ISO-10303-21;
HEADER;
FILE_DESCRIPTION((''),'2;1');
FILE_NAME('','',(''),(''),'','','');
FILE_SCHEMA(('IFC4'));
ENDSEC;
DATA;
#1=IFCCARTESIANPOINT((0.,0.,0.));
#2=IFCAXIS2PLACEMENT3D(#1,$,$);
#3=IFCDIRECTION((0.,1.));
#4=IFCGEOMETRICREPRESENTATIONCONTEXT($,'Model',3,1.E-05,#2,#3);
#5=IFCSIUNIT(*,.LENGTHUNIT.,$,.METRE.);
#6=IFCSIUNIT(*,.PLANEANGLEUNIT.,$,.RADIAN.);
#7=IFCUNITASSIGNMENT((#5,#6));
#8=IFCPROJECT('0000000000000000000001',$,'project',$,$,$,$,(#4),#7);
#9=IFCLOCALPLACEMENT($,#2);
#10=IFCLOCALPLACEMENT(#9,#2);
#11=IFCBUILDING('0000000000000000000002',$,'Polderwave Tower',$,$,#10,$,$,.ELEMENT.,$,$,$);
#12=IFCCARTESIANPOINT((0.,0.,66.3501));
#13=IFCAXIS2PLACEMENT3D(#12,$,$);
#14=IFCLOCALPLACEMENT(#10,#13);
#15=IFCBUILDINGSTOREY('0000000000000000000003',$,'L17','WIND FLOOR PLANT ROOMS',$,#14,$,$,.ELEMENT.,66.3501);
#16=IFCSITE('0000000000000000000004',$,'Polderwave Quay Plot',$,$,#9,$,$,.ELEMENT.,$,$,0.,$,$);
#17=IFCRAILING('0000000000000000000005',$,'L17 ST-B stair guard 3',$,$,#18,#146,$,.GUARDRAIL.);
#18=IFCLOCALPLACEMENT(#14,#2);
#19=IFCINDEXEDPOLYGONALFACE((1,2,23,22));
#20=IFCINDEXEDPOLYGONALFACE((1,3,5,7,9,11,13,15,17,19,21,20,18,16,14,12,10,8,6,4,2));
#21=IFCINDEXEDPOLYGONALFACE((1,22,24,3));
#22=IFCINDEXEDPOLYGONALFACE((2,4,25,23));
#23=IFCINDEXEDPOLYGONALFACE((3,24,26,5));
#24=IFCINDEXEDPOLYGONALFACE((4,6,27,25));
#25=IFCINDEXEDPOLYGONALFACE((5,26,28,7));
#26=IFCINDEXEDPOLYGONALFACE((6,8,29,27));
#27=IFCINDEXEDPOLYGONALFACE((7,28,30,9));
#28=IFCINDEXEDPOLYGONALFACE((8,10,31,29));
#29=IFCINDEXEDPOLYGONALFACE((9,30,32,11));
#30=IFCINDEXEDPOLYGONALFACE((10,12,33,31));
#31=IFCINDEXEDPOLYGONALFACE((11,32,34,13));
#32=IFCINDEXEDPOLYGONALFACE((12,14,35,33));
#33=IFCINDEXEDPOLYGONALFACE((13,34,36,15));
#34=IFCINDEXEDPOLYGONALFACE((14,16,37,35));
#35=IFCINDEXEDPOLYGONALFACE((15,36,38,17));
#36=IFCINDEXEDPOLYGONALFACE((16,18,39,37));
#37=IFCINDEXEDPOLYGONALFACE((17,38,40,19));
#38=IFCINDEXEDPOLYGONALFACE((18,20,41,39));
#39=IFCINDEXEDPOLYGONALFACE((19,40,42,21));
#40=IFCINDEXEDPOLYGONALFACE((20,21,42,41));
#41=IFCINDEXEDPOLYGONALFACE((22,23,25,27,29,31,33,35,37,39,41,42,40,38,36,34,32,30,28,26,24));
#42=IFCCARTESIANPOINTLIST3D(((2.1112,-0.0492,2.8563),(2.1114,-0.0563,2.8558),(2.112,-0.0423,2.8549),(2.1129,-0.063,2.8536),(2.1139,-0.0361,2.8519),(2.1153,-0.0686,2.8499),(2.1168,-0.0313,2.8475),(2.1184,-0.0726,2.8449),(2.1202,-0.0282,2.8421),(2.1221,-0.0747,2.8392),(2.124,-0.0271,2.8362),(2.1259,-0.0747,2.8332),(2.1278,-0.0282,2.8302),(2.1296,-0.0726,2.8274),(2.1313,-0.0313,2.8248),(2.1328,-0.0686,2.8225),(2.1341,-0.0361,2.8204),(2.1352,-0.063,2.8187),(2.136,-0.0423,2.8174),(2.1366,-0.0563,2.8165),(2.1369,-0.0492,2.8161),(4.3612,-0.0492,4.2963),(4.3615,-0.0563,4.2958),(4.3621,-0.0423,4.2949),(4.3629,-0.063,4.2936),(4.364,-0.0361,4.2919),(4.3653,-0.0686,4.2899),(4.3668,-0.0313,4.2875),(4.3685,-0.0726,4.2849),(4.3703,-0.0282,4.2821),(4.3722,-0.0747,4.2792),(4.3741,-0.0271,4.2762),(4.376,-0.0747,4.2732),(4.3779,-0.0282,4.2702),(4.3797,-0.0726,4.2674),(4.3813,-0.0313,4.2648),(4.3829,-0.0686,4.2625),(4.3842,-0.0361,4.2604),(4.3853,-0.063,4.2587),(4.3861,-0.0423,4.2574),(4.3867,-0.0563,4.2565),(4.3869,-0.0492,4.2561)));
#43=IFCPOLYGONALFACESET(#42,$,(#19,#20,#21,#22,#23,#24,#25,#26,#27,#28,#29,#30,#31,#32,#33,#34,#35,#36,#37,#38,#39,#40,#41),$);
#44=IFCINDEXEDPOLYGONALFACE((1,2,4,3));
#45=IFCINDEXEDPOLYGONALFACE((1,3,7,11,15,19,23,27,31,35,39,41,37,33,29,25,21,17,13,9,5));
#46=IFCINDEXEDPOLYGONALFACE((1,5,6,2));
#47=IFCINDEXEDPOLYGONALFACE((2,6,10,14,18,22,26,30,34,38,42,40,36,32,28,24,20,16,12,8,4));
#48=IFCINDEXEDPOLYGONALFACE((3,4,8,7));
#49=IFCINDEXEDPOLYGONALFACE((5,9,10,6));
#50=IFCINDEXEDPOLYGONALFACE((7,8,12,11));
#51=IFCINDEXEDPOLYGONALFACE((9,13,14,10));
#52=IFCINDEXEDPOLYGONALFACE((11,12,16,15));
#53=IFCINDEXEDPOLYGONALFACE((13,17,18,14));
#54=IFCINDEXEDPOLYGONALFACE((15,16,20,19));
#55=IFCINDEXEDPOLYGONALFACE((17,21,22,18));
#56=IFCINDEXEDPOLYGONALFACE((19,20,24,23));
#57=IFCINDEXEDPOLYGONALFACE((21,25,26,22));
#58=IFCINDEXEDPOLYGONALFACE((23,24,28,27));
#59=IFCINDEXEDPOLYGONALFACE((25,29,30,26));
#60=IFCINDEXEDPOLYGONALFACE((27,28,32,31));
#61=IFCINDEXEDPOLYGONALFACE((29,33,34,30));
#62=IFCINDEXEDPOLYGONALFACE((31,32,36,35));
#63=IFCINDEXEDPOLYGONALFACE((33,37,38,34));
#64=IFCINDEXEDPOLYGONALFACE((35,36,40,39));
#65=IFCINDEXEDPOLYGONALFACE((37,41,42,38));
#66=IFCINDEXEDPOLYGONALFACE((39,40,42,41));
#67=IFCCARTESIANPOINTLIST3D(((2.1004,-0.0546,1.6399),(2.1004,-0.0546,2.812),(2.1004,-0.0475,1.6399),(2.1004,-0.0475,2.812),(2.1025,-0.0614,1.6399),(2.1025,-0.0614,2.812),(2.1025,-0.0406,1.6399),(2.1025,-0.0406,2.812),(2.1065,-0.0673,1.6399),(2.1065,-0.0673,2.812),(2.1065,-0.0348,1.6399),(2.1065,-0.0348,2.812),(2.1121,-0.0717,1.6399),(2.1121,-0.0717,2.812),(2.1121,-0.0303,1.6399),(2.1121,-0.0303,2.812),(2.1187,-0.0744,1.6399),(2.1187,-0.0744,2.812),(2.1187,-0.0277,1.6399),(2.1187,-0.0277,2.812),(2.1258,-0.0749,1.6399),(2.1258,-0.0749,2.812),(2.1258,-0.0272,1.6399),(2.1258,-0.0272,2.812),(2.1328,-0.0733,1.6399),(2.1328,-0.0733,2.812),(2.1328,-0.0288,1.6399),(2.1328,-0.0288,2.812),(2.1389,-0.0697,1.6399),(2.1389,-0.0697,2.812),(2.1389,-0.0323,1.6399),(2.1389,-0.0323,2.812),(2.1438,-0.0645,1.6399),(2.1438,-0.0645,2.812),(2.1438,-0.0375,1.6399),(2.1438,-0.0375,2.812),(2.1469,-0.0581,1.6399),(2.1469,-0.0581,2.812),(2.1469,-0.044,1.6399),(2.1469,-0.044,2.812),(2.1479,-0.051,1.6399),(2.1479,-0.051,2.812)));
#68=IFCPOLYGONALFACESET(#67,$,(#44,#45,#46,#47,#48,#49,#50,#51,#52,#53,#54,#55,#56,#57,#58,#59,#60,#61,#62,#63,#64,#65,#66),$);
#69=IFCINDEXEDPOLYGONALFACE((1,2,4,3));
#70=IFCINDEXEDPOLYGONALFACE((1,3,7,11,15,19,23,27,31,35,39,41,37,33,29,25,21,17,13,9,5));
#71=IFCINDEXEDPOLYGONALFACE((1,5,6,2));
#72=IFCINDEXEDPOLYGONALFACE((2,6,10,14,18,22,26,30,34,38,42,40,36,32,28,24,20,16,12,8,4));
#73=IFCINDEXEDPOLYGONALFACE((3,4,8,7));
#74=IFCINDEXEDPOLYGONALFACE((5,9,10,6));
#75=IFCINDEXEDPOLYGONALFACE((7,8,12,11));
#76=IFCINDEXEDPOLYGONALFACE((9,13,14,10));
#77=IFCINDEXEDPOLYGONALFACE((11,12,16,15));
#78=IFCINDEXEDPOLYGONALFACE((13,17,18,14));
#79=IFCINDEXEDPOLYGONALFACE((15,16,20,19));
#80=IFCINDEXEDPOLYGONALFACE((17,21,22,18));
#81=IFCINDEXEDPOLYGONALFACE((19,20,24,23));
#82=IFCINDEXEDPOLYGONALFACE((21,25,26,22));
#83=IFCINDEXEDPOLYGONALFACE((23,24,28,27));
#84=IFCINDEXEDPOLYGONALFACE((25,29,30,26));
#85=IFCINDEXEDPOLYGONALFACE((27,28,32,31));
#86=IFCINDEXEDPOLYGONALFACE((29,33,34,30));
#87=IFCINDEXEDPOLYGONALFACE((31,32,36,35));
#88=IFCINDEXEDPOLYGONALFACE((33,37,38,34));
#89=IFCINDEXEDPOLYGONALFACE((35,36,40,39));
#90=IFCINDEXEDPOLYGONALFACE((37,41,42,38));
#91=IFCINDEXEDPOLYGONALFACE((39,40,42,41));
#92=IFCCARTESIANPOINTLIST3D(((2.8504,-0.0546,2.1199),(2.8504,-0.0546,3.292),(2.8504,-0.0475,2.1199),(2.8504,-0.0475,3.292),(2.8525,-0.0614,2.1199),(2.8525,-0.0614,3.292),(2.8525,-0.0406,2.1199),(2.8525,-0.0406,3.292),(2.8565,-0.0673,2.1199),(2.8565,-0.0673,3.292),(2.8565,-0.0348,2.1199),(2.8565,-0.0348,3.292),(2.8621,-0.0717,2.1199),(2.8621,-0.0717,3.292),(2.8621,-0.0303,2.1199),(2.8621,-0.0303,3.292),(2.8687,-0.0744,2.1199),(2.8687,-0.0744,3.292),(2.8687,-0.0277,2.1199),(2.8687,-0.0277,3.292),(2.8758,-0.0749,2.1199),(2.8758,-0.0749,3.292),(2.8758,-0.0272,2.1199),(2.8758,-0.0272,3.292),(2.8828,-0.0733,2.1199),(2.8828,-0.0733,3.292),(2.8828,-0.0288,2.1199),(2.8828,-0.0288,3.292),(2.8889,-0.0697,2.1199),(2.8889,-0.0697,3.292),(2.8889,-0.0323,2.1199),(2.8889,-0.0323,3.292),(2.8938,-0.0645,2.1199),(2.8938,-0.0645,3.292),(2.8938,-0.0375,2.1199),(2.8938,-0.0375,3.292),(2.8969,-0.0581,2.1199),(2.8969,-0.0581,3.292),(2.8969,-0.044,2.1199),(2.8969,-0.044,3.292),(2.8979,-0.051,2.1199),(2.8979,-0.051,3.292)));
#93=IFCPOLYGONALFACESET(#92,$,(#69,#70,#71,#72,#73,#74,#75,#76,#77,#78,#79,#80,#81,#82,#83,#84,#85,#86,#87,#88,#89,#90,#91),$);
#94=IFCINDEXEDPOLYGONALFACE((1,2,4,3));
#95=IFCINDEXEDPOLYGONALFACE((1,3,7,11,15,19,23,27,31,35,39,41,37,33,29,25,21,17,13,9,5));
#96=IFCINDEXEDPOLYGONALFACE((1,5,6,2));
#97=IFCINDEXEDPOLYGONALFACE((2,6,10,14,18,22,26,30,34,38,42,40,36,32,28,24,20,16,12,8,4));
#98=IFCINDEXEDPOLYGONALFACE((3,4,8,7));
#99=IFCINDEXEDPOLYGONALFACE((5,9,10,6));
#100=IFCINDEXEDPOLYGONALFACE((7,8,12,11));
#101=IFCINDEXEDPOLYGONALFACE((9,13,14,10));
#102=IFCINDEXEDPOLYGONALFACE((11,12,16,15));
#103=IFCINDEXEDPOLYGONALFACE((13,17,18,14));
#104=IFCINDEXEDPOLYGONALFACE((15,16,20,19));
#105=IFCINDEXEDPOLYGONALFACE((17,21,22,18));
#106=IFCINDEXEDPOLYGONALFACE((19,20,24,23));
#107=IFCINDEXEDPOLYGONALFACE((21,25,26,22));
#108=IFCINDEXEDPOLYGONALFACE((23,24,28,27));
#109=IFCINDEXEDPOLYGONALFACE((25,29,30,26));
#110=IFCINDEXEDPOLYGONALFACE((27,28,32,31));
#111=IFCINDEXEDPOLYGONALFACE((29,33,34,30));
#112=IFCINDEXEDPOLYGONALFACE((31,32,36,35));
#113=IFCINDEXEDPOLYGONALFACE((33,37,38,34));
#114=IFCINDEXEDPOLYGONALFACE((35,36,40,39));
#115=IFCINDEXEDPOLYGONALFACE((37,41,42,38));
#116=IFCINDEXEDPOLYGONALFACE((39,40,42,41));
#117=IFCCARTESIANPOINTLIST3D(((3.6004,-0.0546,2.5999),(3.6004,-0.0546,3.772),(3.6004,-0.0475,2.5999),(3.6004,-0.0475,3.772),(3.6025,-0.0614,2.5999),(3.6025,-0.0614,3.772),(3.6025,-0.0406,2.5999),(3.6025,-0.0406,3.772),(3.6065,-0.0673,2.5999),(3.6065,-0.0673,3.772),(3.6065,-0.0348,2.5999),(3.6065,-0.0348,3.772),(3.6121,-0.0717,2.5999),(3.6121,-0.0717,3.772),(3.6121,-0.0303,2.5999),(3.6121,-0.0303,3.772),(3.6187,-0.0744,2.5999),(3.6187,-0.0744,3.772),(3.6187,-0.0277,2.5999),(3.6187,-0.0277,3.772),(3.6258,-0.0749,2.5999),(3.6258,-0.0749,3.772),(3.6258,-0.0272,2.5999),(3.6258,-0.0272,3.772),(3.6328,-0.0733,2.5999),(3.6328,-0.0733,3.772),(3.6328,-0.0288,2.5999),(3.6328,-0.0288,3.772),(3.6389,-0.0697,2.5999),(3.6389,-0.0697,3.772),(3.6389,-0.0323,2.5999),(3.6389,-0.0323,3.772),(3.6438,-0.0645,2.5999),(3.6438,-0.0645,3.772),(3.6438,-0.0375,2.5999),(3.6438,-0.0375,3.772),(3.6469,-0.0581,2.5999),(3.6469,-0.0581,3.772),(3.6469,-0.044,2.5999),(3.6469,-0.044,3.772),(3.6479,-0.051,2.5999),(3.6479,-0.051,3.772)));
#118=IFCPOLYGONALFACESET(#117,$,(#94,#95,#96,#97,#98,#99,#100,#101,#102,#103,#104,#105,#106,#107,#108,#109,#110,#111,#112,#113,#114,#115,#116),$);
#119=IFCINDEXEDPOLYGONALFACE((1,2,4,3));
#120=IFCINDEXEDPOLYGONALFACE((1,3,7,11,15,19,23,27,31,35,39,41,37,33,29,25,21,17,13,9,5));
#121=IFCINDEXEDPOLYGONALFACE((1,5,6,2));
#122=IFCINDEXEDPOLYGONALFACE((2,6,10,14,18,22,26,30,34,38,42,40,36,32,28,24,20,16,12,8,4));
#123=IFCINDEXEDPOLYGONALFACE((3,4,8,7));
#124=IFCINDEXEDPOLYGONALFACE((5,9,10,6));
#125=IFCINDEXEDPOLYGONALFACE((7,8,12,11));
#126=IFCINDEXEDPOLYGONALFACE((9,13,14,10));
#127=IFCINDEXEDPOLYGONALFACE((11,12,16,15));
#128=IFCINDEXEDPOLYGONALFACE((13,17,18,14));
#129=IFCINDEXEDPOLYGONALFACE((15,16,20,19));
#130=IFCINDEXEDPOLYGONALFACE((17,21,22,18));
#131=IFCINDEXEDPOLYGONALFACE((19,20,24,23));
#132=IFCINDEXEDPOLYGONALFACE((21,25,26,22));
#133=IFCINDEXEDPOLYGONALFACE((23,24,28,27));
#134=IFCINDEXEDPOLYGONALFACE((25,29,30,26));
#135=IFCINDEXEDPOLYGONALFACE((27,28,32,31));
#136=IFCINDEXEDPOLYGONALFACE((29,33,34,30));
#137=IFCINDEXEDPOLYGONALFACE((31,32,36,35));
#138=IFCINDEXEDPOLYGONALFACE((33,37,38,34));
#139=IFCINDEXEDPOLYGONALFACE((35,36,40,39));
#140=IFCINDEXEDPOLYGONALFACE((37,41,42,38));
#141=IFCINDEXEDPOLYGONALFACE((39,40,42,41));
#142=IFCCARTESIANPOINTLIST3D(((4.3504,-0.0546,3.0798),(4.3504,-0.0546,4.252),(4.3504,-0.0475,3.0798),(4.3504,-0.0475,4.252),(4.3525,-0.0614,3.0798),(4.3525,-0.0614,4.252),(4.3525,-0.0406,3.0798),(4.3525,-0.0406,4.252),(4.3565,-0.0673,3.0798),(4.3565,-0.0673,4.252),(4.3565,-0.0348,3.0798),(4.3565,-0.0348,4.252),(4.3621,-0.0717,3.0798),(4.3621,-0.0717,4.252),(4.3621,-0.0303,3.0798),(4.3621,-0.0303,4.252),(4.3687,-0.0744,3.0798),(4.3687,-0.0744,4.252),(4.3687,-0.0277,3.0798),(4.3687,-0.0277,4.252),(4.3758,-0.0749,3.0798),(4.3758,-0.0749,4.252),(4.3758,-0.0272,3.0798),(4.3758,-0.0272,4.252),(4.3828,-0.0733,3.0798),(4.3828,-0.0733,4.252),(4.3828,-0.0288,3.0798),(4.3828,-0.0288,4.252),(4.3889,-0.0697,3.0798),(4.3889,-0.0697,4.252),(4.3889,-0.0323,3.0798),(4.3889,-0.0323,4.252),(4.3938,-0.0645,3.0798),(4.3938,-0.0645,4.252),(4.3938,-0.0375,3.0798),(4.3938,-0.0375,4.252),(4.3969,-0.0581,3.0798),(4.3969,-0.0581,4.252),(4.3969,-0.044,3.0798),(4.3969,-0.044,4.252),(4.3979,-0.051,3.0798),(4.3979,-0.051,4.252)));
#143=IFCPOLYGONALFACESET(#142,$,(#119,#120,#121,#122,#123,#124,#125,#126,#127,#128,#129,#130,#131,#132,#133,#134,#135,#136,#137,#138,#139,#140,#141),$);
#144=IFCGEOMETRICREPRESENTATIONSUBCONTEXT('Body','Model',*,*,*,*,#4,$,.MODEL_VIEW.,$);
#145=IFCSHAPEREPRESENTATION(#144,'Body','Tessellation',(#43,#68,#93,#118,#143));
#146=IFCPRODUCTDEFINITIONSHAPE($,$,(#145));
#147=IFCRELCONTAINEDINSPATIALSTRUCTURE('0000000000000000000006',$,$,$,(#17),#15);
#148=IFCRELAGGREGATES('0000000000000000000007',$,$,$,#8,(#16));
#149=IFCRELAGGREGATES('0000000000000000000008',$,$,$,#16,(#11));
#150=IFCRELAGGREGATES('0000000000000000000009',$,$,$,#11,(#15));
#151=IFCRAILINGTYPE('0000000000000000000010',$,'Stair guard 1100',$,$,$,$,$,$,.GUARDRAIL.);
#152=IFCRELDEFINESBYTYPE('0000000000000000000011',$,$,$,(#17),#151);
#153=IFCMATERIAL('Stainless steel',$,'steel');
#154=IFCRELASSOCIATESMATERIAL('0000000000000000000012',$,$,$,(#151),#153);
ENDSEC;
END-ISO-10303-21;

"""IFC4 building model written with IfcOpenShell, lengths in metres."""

from ifc_helpers import new_model, si_unit, direction, frame, origin, origin_2d, place, context, subcontext, project, spatial, circle, extrude, material, type_object, element, save


model = new_model("IFC4")

# Units and contexts
model_context = context("Model", 3, precision=1e-05, world=origin(), true_north=direction((0.0, 1.0)))
body_context = subcontext(model_context, "Body", "Model", "MODEL_VIEW")
ifc_project = project(units=[si_unit("LENGTHUNIT", "METRE"), si_unit("PLANEANGLEUNIT", "RADIAN")], contexts=[model_context])

# Site, building, storey
site_placement = place(None, origin())
site = spatial("IfcSite", under=ifc_project, at=site_placement, Name="Polderwave Quay Plot", CompositionType="ELEMENT", RefElevation=0.0)
building_placement = place(site_placement, origin())
building = spatial("IfcBuilding", under=site, at=building_placement, Name="Polderwave Tower", CompositionType="ELEMENT")
storey_placement = place(building_placement, frame((0.0, 0.0, 66.3501)))
storey = spatial("IfcBuildingStorey", under=building, at=storey_placement, Name="L17", Description="WIND FLOOR PLANT ROOMS", CompositionType="ELEMENT", Elevation=66.3501)

# Railing
ifc_material_1 = material(Name="Stainless steel", Category="steel")
railing_type_1 = type_object("IfcRailingType", Name="Stair guard 1100", PredefinedType="GUARDRAIL", material=ifc_material_1)
for number, where, name in (
    (1, (2.124, -0.051, 1.6399), "L17 ST-B stair guard 3"),
):
    element("IfcRailing", number, at=place(storey_placement, frame(where)), inside=storey, type_object=railing_type_1, Name=name, PredefinedType="GUARDRAIL", context=body_context, shape_type="SweptSolid", body=[
        extrude(circle(Radius=0.0239, at=origin_2d()), frame((0.0, 0.0, 1.1963), z_axis=(0.842281, 0.0, 0.539038), x_axis=(0.0, 1.0, 0.0)), (0.0, 0.0, 1.0), 2.6714),
        extrude(circle(Radius=0.0239, at=origin_2d()), origin(), (0.0, 0.0, 1.0), 1.1721),
        extrude(circle(Radius=0.0239, at=origin_2d()), frame((0.75, 0.0, 0.48)), (0.0, 0.0, 1.0), 1.1721),
        extrude(circle(Radius=0.0239, at=origin_2d()), frame((1.5, 0.0, 0.96)), (0.0, 0.0, 1.0), 1.1721),
        extrude(circle(Radius=0.0239, at=origin_2d()), frame((2.25, 0.0, 1.4399)), (0.0, 0.0, 1.0), 1.1721),
    ])

save(model, "model.ifc")
